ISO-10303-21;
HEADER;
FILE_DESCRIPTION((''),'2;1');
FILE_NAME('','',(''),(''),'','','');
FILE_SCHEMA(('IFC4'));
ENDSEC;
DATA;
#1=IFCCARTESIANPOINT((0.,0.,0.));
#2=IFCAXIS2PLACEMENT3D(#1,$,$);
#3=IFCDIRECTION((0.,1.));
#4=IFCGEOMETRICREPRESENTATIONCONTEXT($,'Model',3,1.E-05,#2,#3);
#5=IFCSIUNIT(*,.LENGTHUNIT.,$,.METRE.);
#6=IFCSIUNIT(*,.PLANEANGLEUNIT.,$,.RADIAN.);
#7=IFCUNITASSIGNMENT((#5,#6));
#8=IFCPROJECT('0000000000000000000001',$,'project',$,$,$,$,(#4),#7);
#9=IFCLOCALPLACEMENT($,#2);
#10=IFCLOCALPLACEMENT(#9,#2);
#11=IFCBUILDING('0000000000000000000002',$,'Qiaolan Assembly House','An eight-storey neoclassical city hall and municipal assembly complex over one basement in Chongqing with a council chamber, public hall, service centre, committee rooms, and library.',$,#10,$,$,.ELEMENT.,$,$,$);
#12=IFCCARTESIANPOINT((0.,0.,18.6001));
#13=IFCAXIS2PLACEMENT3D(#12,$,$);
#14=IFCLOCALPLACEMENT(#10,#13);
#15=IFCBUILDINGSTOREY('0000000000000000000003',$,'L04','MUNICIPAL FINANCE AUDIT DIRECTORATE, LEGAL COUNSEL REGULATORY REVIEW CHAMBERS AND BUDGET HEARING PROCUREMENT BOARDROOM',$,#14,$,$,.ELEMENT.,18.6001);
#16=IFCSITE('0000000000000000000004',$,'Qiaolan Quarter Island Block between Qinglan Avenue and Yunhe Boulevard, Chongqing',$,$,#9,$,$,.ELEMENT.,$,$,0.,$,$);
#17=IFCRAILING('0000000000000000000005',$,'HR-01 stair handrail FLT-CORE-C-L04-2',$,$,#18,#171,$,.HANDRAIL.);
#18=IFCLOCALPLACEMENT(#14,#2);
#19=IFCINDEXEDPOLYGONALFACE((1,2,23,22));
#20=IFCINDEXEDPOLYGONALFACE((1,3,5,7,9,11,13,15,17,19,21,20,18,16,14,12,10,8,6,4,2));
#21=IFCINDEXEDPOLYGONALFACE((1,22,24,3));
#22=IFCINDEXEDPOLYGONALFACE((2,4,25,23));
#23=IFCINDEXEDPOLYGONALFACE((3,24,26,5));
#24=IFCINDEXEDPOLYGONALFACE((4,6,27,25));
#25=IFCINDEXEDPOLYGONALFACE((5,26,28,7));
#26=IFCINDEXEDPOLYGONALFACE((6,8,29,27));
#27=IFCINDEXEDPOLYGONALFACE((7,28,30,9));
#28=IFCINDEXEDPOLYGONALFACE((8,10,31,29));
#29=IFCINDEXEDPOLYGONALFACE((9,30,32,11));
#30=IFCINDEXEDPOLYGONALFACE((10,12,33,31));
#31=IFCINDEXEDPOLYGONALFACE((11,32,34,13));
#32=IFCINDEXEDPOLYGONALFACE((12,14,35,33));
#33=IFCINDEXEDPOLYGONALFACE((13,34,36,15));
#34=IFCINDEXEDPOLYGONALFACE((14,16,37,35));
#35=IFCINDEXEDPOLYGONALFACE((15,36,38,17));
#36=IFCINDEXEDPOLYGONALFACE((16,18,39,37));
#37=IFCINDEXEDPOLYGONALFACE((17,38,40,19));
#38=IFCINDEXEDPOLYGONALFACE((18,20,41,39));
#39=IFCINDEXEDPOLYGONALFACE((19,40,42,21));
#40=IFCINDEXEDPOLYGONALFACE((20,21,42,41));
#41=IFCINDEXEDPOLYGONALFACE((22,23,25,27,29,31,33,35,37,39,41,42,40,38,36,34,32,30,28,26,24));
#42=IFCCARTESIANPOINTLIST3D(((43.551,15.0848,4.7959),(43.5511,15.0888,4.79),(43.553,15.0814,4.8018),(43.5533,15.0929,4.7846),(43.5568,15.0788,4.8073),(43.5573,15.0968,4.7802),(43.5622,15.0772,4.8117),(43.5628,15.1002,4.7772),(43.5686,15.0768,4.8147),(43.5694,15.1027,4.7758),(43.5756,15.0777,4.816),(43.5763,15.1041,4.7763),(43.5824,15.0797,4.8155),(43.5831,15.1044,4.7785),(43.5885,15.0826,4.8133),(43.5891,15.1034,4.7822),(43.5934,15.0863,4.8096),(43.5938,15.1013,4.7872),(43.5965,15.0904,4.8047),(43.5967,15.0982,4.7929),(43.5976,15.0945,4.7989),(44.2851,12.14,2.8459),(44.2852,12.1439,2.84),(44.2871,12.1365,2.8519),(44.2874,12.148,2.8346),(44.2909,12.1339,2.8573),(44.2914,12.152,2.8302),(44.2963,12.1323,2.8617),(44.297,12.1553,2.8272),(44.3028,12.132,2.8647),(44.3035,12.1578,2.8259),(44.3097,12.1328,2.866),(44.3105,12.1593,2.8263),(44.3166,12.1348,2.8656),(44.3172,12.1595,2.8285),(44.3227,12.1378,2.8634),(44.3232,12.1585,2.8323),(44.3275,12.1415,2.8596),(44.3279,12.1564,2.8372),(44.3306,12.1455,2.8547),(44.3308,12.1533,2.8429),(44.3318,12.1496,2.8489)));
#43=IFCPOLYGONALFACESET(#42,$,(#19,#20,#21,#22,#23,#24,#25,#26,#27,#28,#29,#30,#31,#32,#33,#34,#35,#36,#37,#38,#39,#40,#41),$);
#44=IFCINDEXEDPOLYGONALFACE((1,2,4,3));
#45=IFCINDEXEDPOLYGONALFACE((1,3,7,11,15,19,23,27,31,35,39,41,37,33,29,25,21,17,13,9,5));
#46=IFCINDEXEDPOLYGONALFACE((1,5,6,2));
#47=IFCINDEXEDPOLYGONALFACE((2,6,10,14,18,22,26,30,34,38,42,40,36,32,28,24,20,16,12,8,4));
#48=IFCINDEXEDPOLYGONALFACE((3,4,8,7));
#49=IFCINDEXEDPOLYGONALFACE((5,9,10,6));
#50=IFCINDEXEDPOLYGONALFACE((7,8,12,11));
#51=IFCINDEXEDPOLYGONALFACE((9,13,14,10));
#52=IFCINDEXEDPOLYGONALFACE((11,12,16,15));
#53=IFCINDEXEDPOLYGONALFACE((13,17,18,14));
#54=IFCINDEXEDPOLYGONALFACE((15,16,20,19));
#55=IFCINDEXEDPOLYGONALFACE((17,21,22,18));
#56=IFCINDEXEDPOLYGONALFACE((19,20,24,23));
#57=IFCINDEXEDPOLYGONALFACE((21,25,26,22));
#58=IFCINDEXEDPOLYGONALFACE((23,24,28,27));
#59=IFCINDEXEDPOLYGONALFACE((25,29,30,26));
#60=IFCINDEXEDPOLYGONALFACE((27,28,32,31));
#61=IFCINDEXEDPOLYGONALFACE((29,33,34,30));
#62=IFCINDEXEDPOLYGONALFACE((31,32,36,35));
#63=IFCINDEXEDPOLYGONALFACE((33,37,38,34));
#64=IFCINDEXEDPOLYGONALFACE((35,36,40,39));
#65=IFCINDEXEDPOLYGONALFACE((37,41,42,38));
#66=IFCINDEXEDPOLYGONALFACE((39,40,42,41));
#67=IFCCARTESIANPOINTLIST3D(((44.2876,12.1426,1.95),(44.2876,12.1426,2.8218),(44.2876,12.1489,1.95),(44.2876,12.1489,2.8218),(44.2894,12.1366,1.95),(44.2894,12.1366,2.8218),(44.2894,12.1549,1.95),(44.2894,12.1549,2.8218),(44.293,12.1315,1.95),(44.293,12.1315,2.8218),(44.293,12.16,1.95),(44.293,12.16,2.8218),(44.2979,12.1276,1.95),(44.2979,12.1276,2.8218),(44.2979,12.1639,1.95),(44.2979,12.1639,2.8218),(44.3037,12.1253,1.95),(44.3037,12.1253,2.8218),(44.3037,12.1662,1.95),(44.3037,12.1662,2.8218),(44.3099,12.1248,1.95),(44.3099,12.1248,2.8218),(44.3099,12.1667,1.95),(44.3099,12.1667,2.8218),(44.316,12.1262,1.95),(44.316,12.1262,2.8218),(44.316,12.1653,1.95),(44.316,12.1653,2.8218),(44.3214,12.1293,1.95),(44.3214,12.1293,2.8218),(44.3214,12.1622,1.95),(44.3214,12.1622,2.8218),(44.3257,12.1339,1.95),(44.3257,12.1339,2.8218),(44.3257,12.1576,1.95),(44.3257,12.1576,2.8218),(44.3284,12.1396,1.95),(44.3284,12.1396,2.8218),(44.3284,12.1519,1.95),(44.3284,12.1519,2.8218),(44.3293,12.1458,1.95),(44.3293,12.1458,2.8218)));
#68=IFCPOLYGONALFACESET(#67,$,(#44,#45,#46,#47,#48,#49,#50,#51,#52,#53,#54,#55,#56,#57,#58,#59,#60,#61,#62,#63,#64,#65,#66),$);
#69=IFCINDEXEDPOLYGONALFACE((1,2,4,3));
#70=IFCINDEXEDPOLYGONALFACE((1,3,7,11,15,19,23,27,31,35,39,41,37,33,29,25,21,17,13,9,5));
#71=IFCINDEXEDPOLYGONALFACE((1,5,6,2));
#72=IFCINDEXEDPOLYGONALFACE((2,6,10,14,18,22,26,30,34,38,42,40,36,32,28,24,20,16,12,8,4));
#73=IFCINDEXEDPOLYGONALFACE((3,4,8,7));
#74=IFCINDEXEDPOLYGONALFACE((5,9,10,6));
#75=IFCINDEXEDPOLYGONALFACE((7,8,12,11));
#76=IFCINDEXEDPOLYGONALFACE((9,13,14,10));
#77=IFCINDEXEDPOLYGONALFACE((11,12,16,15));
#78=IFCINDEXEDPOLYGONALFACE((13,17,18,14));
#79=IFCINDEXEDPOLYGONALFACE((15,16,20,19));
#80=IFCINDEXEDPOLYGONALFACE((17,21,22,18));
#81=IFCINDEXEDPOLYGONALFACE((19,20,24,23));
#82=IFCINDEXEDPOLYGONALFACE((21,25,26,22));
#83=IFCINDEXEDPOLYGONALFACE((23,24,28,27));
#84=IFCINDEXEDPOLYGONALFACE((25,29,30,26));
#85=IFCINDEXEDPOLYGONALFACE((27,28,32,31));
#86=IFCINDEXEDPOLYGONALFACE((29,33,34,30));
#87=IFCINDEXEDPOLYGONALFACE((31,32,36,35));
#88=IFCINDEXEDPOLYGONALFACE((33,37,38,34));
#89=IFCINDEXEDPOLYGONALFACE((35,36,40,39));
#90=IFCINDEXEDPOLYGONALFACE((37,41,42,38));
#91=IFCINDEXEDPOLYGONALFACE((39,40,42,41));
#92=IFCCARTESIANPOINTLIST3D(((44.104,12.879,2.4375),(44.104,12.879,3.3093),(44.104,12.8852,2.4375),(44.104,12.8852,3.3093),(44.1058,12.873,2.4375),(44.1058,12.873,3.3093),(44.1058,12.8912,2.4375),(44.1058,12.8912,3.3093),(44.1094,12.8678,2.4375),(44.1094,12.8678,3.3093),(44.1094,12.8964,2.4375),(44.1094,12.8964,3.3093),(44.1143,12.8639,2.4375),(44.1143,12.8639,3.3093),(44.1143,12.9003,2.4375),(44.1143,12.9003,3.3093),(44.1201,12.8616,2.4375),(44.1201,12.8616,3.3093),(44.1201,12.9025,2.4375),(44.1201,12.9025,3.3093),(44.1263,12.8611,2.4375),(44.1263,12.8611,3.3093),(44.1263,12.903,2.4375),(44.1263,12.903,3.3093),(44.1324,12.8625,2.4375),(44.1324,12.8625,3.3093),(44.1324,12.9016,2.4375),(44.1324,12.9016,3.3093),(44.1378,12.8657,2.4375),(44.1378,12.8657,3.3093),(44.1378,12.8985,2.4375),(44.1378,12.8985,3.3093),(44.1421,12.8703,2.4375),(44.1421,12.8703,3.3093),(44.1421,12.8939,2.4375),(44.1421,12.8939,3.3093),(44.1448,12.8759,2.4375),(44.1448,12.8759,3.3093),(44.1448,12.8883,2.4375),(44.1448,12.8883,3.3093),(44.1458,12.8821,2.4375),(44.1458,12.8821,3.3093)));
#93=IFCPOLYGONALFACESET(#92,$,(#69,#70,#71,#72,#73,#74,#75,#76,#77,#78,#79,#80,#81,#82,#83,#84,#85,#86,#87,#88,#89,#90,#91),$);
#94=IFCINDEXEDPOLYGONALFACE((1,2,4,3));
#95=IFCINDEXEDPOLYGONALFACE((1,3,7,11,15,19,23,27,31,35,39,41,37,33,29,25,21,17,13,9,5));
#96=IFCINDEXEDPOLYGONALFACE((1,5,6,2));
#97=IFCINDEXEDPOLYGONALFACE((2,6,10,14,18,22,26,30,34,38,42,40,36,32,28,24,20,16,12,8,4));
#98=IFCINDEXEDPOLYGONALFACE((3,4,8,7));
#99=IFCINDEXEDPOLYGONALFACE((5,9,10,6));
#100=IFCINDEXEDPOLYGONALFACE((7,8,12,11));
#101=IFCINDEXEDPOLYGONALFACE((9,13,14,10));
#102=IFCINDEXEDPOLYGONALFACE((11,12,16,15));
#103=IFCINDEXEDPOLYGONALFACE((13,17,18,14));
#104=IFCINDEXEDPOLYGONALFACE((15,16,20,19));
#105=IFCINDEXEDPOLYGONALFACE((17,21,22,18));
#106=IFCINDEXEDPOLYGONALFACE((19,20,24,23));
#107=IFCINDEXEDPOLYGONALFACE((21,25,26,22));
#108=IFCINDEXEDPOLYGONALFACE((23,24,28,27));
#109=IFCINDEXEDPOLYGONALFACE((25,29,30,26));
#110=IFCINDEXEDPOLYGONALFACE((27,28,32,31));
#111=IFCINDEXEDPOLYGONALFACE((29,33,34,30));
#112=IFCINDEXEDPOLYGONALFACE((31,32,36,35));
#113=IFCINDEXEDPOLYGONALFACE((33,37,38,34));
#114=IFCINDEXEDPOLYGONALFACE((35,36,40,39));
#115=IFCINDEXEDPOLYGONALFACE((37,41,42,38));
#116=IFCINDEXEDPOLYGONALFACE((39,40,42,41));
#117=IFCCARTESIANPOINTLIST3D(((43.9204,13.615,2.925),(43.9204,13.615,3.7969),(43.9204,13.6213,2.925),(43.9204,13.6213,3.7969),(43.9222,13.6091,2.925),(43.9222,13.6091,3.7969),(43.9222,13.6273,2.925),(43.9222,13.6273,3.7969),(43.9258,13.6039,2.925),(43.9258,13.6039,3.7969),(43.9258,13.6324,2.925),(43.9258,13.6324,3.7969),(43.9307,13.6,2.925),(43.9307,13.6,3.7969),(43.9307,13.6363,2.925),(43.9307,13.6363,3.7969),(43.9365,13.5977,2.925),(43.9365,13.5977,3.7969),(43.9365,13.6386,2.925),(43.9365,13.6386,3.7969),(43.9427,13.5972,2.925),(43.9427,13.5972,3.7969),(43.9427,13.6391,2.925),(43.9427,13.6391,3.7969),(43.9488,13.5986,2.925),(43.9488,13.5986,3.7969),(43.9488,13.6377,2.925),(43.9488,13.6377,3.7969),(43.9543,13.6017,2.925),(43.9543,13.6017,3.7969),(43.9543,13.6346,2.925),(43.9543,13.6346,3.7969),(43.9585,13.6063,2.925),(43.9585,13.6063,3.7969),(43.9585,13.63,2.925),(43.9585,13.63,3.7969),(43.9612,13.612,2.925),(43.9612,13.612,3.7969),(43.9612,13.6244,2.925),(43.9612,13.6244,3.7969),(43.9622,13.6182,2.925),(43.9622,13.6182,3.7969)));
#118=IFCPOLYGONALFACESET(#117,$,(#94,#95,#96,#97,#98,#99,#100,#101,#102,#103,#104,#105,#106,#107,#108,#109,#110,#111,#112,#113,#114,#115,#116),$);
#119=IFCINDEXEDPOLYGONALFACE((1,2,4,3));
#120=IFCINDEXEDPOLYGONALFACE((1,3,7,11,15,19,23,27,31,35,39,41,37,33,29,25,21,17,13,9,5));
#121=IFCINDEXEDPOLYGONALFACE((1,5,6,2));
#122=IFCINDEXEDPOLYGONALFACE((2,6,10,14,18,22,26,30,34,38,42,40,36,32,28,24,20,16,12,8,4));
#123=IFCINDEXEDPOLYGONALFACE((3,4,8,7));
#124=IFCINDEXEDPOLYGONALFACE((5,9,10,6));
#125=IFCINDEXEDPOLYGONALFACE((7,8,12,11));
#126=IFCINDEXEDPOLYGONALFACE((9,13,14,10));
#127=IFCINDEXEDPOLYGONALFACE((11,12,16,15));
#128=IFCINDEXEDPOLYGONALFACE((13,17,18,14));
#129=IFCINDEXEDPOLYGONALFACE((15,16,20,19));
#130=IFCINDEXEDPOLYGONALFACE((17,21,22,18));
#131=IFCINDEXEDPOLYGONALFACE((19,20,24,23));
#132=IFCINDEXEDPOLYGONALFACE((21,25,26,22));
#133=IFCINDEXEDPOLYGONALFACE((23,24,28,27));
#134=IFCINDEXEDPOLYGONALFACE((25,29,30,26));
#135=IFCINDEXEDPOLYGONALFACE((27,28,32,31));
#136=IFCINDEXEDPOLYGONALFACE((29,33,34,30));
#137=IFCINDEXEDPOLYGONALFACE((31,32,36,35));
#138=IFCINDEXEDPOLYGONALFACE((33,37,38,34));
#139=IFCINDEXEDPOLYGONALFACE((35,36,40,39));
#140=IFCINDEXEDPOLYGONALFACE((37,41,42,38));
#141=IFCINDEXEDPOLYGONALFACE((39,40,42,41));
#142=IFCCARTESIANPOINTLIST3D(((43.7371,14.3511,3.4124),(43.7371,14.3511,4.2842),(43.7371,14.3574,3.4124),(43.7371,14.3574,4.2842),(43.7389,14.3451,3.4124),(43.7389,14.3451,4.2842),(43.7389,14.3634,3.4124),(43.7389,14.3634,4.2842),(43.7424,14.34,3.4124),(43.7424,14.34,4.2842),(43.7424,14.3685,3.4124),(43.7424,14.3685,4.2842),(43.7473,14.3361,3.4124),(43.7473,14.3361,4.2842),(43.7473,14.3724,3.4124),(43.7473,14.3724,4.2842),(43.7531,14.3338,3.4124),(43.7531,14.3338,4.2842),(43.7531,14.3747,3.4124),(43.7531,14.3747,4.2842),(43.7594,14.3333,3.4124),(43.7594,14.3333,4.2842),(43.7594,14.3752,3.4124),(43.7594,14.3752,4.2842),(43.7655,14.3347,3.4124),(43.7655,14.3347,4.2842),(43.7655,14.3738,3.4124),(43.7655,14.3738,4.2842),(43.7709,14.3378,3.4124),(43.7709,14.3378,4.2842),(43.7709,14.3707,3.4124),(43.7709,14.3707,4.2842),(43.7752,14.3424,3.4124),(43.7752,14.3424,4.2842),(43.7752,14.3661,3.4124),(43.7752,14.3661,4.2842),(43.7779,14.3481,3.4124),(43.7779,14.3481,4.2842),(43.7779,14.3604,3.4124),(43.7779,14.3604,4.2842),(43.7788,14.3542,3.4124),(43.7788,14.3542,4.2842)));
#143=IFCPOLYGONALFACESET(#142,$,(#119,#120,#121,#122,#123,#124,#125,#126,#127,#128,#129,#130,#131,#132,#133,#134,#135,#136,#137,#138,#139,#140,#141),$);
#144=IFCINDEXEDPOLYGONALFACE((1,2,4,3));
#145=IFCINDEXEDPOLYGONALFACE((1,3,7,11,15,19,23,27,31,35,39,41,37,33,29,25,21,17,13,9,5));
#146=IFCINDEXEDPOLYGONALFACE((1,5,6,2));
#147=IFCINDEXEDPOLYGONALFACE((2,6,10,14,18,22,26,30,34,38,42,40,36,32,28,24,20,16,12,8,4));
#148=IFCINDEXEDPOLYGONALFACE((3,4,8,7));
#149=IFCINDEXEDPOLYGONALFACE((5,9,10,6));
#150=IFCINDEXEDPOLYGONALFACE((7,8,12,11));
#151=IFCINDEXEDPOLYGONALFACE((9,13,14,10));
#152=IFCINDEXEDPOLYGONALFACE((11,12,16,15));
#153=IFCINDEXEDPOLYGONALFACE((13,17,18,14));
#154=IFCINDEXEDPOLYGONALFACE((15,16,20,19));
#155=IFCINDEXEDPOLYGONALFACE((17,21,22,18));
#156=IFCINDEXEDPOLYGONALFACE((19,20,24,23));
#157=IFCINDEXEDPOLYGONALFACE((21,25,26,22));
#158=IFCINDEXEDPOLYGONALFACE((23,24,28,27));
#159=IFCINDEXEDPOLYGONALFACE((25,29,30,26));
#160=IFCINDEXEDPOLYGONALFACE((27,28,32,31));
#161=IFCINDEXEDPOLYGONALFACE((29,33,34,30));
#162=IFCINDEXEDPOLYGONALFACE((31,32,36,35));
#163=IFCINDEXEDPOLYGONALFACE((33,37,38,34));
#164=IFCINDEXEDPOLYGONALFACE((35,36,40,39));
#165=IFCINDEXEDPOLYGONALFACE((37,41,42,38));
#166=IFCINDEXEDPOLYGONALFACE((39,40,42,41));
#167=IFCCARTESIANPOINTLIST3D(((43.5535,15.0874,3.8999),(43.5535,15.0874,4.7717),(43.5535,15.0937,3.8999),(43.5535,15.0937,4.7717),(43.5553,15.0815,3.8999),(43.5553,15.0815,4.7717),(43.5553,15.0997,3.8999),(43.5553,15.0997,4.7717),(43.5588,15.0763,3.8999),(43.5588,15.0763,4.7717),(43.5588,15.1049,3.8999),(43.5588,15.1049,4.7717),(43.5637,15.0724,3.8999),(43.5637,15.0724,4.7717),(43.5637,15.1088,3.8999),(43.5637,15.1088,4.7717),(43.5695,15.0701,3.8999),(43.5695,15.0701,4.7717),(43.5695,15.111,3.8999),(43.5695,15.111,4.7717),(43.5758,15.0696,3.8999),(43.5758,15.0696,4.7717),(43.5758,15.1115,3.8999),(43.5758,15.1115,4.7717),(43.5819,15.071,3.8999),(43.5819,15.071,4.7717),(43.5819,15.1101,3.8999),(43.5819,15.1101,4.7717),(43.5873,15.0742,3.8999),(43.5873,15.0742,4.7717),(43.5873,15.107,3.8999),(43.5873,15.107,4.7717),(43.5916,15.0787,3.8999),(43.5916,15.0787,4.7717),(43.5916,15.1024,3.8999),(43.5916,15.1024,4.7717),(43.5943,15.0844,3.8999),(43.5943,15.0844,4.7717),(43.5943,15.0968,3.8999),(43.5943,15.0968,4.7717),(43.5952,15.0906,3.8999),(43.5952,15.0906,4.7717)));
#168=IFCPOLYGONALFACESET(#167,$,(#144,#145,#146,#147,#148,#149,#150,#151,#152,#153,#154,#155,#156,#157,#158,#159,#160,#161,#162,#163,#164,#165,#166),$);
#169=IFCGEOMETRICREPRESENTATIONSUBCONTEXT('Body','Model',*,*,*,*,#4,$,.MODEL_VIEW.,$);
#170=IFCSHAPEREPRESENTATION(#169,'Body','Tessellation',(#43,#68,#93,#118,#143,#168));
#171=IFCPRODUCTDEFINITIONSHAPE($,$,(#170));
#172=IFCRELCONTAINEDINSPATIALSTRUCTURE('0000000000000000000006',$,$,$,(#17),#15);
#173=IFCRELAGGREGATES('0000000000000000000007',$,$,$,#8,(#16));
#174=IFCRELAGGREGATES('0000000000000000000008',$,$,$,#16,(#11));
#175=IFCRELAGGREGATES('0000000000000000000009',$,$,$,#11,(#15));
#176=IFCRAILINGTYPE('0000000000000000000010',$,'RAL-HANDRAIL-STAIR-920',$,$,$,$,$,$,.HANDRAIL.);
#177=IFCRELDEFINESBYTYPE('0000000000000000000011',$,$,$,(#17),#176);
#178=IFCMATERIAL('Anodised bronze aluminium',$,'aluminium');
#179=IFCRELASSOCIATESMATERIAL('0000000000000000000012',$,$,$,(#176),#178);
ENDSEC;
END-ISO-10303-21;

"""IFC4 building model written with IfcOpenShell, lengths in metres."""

from ifc_helpers import new_model, si_unit, direction, frame, origin, origin_2d, place, context, subcontext, project, spatial, circle, extrude, material, type_object, element, save


model = new_model("IFC4")

# Units and contexts
model_context = context("Model", 3, precision=1e-05, world=origin(), true_north=direction((0.0, 1.0)))
body_context = subcontext(model_context, "Body", "Model", "MODEL_VIEW")
ifc_project = project(units=[si_unit("LENGTHUNIT", "METRE"), si_unit("PLANEANGLEUNIT", "RADIAN")], contexts=[model_context])

# Site, building, storey
site_placement = place(None, origin())
site = spatial("IfcSite", under=ifc_project, at=site_placement, Name="Qiaolan Quarter Island Block between Qinglan Avenue and Yunhe Boulevard, Chongqing", CompositionType="ELEMENT", RefElevation=0.0)
building_placement = place(site_placement, origin())
building = spatial("IfcBuilding", under=site, at=building_placement, Name="Qiaolan Assembly House", Description="An eight-storey neoclassical city hall and municipal assembly complex over one basement in Chongqing with a council chamber, public hall, service centre, committee rooms, and library.", CompositionType="ELEMENT")
storey_placement = place(building_placement, frame((0.0, 0.0, 18.6001)))
storey = spatial("IfcBuildingStorey", under=building, at=storey_placement, Name="L04", Description="MUNICIPAL FINANCE AUDIT DIRECTORATE, LEGAL COUNSEL REGULATORY REVIEW CHAMBERS AND BUDGET HEARING PROCUREMENT BOARDROOM", CompositionType="ELEMENT", Elevation=18.6001)

# Railing
ifc_material_1 = material(Name="Anodised bronze aluminium", Category="aluminium")
railing_type_1 = type_object("IfcRailingType", Name="RAL-HANDRAIL-STAIR-920", PredefinedType="HANDRAIL", material=ifc_material_1)
railing_1_placement = place(storey_placement, frame((44.3083, 12.1458, 1.95)))
element("IfcRailing", 1, at=railing_1_placement, inside=storey, type_object=railing_type_1, Name="HR-01 stair handrail FLT-CORE-C-L04-2", PredefinedType="HANDRAIL", context=body_context, shape_type="SweptSolid", body=[
    extrude(circle(Radius=0.0239, at=origin_2d()), frame((0.0, 0.0, 0.896), z_axis=(-0.203508, 0.816331, 0.540544), x_axis=(-0.970303, -0.241892, 0.0)), (0.0, 0.0, 1.0), 3.6074),
    extrude(circle(Radius=0.021, at=origin_2d()), origin(), (0.0, 0.0, 1.0), 0.8718),
    extrude(circle(Radius=0.021, at=origin_2d()), frame((-0.1836, 0.7363, 0.4875)), (0.0, 0.0, 1.0), 0.8718),
    extrude(circle(Radius=0.021, at=origin_2d()), frame((-0.3672, 1.4724, 0.9751)), (0.0, 0.0, 1.0), 0.8718),
    extrude(circle(Radius=0.021, at=origin_2d()), frame((-0.5505, 2.2085, 1.4624)), (0.0, 0.0, 1.0), 0.8718),
    extrude(circle(Radius=0.021, at=origin_2d()), frame((-0.7341, 2.9448, 1.95)), (0.0, 0.0, 1.0), 0.8718),
])

save(model, "model.ifc")
